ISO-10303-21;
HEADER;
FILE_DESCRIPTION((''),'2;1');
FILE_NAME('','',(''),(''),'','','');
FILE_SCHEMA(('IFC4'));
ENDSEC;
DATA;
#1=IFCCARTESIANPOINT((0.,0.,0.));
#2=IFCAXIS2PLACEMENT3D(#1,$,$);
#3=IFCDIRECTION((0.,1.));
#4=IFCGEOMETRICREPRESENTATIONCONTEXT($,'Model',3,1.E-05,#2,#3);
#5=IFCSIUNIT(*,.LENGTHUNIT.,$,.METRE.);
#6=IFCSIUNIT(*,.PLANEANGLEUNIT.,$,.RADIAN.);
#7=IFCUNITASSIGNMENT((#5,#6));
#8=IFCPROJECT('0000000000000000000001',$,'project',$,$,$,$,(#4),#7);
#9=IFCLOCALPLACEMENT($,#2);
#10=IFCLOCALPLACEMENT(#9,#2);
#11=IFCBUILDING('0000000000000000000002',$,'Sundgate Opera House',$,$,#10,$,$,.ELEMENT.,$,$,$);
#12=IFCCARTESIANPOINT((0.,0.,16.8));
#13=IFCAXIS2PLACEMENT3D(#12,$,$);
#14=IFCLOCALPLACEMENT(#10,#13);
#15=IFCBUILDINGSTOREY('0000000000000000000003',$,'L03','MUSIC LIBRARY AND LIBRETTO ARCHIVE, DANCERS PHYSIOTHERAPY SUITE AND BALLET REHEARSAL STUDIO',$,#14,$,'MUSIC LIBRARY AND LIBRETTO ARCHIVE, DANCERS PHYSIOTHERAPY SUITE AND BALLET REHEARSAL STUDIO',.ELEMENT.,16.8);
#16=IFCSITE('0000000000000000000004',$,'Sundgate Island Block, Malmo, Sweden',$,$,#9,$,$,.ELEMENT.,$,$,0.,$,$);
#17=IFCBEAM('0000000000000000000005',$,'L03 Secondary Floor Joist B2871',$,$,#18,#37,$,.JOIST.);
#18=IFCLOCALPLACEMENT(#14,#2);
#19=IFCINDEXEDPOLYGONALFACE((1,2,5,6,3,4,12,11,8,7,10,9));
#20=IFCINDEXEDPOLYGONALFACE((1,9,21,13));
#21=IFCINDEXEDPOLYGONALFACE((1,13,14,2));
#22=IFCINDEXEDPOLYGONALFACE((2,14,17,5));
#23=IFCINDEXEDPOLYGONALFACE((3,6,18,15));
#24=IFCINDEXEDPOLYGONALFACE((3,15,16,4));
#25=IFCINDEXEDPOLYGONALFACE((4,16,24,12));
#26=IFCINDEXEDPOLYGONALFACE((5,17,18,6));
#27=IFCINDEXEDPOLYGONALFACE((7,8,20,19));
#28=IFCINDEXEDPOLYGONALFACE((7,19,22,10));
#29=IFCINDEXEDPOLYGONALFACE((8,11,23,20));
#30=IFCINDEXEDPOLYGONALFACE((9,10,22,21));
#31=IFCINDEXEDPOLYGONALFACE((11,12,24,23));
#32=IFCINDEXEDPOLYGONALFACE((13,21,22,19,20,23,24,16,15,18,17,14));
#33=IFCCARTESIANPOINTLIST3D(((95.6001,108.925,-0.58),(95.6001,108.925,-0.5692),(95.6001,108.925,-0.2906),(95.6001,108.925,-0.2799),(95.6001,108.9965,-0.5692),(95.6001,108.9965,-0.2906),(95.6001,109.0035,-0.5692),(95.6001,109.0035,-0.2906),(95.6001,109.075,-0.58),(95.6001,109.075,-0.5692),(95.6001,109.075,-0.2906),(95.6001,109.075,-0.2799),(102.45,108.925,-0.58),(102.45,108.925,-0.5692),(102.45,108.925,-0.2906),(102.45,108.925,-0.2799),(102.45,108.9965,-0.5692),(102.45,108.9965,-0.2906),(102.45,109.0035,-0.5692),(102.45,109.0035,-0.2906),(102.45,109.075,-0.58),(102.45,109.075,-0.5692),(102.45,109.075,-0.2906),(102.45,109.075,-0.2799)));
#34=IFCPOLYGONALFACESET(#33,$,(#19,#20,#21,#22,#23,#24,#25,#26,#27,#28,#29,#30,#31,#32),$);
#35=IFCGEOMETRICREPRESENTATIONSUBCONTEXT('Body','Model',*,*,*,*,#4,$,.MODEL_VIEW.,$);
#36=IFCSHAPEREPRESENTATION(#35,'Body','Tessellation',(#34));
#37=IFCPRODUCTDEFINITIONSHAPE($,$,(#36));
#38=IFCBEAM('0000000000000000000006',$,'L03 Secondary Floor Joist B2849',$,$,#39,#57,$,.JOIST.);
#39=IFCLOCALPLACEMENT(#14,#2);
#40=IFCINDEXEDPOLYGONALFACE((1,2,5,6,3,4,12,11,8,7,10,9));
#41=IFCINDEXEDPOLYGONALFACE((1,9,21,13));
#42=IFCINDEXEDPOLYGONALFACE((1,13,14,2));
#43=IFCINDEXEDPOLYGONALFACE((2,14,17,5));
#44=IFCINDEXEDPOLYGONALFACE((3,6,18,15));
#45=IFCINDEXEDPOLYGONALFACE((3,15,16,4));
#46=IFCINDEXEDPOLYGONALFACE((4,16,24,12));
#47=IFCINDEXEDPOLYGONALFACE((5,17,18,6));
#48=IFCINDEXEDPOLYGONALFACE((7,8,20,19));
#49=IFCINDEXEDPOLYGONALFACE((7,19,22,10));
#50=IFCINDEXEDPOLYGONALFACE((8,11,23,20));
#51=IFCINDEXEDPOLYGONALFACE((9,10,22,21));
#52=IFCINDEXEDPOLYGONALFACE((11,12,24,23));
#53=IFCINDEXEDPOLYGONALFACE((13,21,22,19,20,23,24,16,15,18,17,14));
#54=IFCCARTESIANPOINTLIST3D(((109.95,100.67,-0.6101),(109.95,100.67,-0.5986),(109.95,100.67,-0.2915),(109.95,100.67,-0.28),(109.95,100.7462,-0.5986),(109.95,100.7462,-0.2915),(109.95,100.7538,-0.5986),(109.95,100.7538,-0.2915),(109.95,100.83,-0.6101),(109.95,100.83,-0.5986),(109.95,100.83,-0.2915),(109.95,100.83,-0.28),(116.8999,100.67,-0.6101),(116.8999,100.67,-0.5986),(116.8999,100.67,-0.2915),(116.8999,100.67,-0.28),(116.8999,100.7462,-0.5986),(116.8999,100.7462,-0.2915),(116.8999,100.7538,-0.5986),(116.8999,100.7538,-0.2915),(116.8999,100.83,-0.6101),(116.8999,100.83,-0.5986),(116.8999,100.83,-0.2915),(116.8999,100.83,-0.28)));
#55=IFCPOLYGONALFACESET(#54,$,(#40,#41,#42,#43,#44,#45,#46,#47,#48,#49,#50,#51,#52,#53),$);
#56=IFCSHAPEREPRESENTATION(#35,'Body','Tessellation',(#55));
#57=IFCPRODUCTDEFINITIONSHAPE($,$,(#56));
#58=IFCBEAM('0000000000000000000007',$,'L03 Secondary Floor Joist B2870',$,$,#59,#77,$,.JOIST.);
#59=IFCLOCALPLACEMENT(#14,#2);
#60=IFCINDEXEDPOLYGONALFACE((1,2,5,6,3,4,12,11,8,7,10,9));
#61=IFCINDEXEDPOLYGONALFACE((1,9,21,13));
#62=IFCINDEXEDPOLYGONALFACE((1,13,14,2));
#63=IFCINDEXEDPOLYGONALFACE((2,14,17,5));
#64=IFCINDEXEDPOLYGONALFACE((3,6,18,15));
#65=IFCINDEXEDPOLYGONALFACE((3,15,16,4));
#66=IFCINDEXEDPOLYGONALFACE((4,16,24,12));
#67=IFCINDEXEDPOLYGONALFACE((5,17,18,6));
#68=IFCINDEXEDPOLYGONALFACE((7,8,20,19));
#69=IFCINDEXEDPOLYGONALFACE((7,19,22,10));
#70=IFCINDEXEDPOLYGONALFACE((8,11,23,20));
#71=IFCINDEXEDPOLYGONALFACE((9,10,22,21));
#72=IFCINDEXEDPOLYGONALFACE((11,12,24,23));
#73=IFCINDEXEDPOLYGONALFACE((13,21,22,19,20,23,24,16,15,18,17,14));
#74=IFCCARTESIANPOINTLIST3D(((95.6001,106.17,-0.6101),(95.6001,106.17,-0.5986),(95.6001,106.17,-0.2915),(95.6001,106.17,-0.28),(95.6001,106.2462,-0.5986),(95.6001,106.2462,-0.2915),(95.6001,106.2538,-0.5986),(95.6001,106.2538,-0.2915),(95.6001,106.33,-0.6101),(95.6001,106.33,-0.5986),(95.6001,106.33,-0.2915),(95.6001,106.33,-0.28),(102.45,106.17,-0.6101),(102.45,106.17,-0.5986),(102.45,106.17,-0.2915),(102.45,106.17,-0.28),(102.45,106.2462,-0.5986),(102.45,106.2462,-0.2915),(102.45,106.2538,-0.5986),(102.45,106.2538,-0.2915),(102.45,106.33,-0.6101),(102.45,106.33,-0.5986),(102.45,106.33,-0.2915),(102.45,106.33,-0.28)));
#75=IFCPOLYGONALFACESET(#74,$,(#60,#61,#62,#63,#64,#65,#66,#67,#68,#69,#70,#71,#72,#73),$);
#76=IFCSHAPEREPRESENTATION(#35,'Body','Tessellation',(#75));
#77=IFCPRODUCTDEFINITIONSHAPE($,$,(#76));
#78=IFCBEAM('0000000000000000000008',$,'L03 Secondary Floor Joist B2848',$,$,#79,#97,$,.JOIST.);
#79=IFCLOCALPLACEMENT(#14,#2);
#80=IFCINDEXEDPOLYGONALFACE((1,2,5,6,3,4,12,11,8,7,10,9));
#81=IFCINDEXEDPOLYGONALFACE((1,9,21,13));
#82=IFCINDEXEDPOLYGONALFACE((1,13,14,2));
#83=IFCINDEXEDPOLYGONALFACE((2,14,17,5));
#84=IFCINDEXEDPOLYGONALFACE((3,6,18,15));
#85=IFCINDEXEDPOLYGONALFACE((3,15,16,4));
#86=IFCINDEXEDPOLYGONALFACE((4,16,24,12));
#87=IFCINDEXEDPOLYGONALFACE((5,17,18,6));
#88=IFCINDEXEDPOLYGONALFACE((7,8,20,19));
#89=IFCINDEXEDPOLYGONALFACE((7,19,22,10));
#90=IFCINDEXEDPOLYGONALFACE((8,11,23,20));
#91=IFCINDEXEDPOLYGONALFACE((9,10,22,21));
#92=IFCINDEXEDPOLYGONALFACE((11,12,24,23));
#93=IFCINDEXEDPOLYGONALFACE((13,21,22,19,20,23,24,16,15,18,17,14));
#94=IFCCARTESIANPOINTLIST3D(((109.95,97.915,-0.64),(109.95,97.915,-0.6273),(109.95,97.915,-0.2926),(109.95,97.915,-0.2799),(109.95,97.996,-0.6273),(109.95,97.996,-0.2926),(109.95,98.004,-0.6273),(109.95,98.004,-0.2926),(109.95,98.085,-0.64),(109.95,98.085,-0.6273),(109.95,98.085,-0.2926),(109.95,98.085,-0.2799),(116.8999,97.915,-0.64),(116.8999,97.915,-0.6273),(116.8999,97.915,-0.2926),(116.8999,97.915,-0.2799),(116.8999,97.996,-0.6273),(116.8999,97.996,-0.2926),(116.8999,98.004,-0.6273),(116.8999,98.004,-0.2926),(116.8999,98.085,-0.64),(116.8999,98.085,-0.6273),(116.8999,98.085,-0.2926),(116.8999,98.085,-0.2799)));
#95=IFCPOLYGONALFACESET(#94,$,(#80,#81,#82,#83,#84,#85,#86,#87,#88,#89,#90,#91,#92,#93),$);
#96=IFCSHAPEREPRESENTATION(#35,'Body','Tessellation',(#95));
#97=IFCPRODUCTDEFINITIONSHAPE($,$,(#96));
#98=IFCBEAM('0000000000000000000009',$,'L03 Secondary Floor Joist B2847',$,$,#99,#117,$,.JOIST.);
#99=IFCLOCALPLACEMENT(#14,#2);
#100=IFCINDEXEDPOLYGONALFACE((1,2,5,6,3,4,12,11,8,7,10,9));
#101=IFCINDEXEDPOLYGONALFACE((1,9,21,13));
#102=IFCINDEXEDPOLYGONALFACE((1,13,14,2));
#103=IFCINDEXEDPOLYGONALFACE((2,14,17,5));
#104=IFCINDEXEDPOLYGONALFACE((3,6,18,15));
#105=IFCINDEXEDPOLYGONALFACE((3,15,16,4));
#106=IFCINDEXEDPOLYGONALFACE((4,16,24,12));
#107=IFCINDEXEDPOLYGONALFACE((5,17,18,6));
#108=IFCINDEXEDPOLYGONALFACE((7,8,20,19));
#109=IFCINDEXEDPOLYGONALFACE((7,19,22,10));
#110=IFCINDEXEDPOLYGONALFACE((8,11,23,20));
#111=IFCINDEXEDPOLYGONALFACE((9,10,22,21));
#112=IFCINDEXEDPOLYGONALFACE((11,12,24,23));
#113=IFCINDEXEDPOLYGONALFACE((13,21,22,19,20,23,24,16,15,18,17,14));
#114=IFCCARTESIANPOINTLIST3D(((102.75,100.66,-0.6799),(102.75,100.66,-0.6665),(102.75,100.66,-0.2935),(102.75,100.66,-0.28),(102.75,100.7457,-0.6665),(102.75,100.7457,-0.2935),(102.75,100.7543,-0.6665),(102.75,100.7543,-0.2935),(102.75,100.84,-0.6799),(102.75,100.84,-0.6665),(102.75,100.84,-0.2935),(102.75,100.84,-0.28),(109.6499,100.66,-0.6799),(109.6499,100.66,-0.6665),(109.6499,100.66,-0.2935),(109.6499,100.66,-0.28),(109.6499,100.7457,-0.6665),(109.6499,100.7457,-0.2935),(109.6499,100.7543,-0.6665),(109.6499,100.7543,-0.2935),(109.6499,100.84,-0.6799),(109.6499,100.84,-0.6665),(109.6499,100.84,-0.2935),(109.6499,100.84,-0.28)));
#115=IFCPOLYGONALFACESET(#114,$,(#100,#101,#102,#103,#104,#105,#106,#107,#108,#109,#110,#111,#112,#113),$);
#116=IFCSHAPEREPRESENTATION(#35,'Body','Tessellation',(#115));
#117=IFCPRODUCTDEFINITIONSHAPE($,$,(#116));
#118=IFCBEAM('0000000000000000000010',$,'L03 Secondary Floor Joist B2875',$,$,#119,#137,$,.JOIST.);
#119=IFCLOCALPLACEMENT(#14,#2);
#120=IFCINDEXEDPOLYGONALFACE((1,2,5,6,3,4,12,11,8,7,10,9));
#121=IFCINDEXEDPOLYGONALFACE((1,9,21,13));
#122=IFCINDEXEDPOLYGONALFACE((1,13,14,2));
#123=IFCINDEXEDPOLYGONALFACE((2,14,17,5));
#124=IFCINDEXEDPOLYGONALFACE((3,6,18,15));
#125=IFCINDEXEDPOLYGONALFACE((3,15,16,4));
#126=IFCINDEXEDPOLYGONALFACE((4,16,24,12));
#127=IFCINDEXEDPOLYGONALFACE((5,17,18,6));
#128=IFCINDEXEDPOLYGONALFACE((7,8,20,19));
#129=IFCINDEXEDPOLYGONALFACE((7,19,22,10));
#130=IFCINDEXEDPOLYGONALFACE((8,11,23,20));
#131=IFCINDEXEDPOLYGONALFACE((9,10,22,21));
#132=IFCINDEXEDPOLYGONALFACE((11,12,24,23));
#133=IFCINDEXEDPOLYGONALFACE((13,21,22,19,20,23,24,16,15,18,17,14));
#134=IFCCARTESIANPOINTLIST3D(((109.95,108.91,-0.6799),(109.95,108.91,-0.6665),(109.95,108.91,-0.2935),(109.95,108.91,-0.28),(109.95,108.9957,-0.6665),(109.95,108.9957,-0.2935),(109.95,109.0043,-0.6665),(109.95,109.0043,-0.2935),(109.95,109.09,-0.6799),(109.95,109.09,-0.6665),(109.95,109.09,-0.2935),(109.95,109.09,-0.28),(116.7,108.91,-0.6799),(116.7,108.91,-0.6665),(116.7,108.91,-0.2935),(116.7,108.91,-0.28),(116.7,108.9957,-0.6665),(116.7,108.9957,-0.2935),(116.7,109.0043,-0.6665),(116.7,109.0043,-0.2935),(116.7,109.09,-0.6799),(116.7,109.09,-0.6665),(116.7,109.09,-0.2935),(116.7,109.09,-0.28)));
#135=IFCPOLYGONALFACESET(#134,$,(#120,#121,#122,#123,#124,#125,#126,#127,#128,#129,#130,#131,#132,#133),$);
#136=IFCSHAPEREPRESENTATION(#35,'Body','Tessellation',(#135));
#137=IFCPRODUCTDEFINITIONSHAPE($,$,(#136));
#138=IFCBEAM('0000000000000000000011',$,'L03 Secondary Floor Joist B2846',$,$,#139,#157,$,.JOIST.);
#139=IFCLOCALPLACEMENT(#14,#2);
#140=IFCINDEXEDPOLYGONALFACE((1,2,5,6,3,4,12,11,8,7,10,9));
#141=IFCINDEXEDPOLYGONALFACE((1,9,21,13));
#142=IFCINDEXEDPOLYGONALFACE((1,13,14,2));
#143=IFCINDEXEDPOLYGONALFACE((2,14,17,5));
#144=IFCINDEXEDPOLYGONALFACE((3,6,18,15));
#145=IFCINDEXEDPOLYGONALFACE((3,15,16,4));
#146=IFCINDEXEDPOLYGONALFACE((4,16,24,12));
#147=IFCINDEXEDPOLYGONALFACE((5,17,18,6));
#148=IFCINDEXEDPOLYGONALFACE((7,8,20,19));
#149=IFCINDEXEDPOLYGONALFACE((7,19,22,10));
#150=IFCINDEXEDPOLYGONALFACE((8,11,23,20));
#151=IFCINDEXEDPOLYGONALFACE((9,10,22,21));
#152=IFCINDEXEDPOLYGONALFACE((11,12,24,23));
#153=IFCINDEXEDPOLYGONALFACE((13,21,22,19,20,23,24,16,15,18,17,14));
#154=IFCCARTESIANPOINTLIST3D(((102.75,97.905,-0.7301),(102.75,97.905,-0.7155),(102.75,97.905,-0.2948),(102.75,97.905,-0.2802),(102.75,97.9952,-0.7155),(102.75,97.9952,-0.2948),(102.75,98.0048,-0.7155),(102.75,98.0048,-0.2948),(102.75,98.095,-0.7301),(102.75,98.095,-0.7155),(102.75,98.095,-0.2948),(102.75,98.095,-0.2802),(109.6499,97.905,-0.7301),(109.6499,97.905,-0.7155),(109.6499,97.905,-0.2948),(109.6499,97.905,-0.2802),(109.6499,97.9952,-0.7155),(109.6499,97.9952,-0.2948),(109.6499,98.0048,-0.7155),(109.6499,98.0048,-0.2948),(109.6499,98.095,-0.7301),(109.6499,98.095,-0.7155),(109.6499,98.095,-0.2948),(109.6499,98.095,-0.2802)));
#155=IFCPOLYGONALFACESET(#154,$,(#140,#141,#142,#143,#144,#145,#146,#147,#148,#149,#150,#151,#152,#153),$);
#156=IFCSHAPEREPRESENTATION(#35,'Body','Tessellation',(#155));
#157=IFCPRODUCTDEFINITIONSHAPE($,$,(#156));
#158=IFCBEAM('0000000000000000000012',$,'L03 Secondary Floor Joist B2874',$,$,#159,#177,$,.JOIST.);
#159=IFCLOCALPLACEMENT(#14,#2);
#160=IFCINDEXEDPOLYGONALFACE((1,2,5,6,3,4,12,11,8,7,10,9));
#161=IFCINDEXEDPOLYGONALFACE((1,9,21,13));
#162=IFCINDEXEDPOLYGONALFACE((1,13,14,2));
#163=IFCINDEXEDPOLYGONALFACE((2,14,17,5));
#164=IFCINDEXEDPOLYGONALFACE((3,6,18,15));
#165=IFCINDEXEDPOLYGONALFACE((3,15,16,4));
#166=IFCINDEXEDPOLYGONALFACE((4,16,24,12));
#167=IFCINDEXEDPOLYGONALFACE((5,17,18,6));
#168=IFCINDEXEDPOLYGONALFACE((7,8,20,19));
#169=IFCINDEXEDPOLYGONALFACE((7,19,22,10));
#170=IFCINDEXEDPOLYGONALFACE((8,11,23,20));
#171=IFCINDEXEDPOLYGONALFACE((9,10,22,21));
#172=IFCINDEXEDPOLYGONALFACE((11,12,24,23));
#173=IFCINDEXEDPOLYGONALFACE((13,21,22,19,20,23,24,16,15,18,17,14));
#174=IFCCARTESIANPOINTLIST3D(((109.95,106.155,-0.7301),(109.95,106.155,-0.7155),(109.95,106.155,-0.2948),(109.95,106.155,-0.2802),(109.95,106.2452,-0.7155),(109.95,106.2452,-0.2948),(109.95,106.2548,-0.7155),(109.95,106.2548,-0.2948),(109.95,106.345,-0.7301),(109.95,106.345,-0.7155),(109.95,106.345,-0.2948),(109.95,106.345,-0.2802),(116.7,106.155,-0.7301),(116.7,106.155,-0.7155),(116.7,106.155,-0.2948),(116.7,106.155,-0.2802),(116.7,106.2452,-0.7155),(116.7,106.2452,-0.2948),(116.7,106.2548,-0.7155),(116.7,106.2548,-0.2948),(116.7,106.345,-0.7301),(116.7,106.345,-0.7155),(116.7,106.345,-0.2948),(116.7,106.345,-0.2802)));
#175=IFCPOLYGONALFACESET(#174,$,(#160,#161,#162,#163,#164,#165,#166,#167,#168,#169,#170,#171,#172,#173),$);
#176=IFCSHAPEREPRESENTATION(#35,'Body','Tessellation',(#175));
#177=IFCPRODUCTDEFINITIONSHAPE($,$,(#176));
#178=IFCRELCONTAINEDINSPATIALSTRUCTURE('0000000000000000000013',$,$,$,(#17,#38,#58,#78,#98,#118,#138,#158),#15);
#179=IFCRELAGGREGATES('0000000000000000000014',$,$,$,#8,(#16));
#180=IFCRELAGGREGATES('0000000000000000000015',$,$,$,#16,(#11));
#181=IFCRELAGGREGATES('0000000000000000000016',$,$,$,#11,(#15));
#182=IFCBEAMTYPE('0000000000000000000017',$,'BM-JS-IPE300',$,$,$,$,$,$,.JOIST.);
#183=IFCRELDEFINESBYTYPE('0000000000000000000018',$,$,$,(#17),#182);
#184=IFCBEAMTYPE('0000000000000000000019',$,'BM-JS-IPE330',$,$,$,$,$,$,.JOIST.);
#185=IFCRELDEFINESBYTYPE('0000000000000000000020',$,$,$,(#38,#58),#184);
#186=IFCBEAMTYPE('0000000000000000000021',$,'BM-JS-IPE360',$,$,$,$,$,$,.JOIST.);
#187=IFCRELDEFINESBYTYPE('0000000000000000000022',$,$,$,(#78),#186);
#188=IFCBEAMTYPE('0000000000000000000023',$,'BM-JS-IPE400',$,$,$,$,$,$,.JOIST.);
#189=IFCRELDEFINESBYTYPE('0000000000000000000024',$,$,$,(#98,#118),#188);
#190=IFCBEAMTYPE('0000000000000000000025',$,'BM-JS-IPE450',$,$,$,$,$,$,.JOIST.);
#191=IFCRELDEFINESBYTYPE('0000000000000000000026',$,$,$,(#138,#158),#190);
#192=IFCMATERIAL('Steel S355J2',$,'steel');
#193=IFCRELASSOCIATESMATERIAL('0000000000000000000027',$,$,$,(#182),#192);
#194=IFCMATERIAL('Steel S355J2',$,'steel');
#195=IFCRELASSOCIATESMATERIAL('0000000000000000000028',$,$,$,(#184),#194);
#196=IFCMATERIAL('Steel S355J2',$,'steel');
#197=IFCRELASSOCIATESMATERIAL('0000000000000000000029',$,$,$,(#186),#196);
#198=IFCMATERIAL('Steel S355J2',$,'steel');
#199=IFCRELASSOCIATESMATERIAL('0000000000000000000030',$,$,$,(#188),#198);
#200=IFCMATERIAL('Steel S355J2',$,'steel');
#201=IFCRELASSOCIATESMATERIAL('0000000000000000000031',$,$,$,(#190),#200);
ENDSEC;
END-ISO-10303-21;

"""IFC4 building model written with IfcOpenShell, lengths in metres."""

from ifc_helpers import new_model, si_unit, direction, frame, origin, origin_2d, place, context, subcontext, project, spatial, i_section, extrude, material, material_profile, profile_set, type_object, element, save


model = new_model("IFC4")

# Units and contexts
model_context = context("Model", 3, precision=1e-05, world=origin(), true_north=direction((0.0, 1.0)))
body_context = subcontext(model_context, "Body", "Model", "MODEL_VIEW")
ifc_project = project(units=[si_unit("LENGTHUNIT", "METRE"), si_unit("PLANEANGLEUNIT", "RADIAN")], contexts=[model_context])

# Site, building, storey
site_placement = place(None, origin())
site = spatial("IfcSite", under=ifc_project, at=site_placement, Name="Sundgate Island Block, Malmo, Sweden", CompositionType="ELEMENT", RefElevation=0.0)
building_placement = place(site_placement, origin())
building = spatial("IfcBuilding", under=site, at=building_placement, Name="Sundgate Opera House", CompositionType="ELEMENT")
storey_placement = place(building_placement, frame((0.0, 0.0, 16.8)))
storey = spatial("IfcBuildingStorey", under=building, at=storey_placement, Name="L03", Description="MUSIC LIBRARY AND LIBRETTO ARCHIVE, DANCERS PHYSIOTHERAPY SUITE AND BALLET REHEARSAL STUDIO", LongName="MUSIC LIBRARY AND LIBRETTO ARCHIVE, DANCERS PHYSIOTHERAPY SUITE AND BALLET REHEARSAL STUDIO", CompositionType="ELEMENT", Elevation=16.8)

# Beams
ifc_material_1 = material(Name="Steel S355J2", Category="steel")
ifc_material_profile_1 = material_profile(ifc_material_1, i_section(OverallWidth=0.1499, OverallDepth=0.3, WebThickness=0.0071, FlangeThickness=0.0107, at=origin_2d()), Name="IPE 300")
ifc_profile_set_1 = profile_set([ifc_material_profile_1], Name="Steel S355J2")
beam_type_1 = type_object("IfcBeamType", Name="BM-JS-IPE300", PredefinedType="JOIST", material=ifc_profile_set_1)
beam_1_placement = place(storey_placement, frame((95.6001, 109.0, -0.4299), z_axis=(1.0, 0.0, 0.0), x_axis=(0.0, 1.0, 0.0)))
element("IfcBeam", 1, at=beam_1_placement, inside=storey, type_object=beam_type_1, Name="L03 Secondary Floor Joist B2871", PredefinedType="JOIST", context=body_context, shape_type="SweptSolid", body=[
    extrude(i_section(OverallWidth=0.1499, OverallDepth=0.3, WebThickness=0.0071, FlangeThickness=0.0107, at=origin_2d()), origin(), (0.0, 0.0, 1.0), 6.8499),
])
ifc_material_2 = material(Name="Steel S355J2", Category="steel")
ifc_material_profile_2 = material_profile(ifc_material_2, i_section(OverallWidth=0.1599, OverallDepth=0.3301, WebThickness=0.0076, FlangeThickness=0.0115, at=origin_2d()), Name="IPE 330")
ifc_profile_set_2 = profile_set([ifc_material_profile_2], Name="Steel S355J2")
beam_type_2 = type_object("IfcBeamType", Name="BM-JS-IPE330", PredefinedType="JOIST", material=ifc_profile_set_2)
beam_2_placement = place(storey_placement, frame((109.95, 100.75, -0.4451), z_axis=(1.0, 0.0, 0.0), x_axis=(0.0, 1.0, 0.0)))
element("IfcBeam", 2, at=beam_2_placement, inside=storey, type_object=beam_type_2, Name="L03 Secondary Floor Joist B2849", PredefinedType="JOIST", context=body_context, shape_type="SweptSolid", body=[
    extrude(i_section(OverallWidth=0.1599, OverallDepth=0.3301, WebThickness=0.0076, FlangeThickness=0.0115, at=origin_2d()), origin(), (0.0, 0.0, 1.0), 6.95),
])
beam_3_placement = place(storey_placement, frame((95.6001, 106.25, -0.4451), z_axis=(1.0, 0.0, 0.0), x_axis=(0.0, 1.0, 0.0)))
element("IfcBeam", 3, at=beam_3_placement, inside=storey, type_object=beam_type_2, Name="L03 Secondary Floor Joist B2870", PredefinedType="JOIST", context=body_context, shape_type="SweptSolid", body=[
    extrude(i_section(OverallWidth=0.1599, OverallDepth=0.3301, WebThickness=0.0076, FlangeThickness=0.0115, at=origin_2d()), origin(), (0.0, 0.0, 1.0), 6.8499),
])
ifc_material_3 = material(Name="Steel S355J2", Category="steel")
ifc_material_profile_3 = material_profile(ifc_material_3, i_section(OverallWidth=0.1699, OverallDepth=0.3601, WebThickness=0.0081, FlangeThickness=0.0127, at=origin_2d()), Name="IPE 360")
ifc_profile_set_3 = profile_set([ifc_material_profile_3], Name="Steel S355J2")
beam_type_3 = type_object("IfcBeamType", Name="BM-JS-IPE360", PredefinedType="JOIST", material=ifc_profile_set_3)
beam_4_placement = place(storey_placement, frame((109.95, 98.0, -0.46), z_axis=(1.0, 0.0, 0.0), x_axis=(0.0, 1.0, 0.0)))
element("IfcBeam", 4, at=beam_4_placement, inside=storey, type_object=beam_type_3, Name="L03 Secondary Floor Joist B2848", PredefinedType="JOIST", context=body_context, shape_type="SweptSolid", body=[
    extrude(i_section(OverallWidth=0.1699, OverallDepth=0.3601, WebThickness=0.0081, FlangeThickness=0.0127, at=origin_2d()), origin(), (0.0, 0.0, 1.0), 6.95),
])
ifc_material_4 = material(Name="Steel S355J2", Category="steel")
ifc_material_profile_4 = material_profile(ifc_material_4, i_section(OverallWidth=0.1799, OverallDepth=0.3999, WebThickness=0.0085, FlangeThickness=0.0134, at=origin_2d()), Name="IPE 400")
ifc_profile_set_4 = profile_set([ifc_material_profile_4], Name="Steel S355J2")
beam_type_4 = type_object("IfcBeamType", Name="BM-JS-IPE400", PredefinedType="JOIST", material=ifc_profile_set_4)
beam_5_placement = place(storey_placement, frame((102.75, 100.75, -0.48), z_axis=(1.0, 0.0, 0.0), x_axis=(0.0, 1.0, 0.0)))
element("IfcBeam", 5, at=beam_5_placement, inside=storey, type_object=beam_type_4, Name="L03 Secondary Floor Joist B2847", PredefinedType="JOIST", context=body_context, shape_type="SweptSolid", body=[
    extrude(i_section(OverallWidth=0.1799, OverallDepth=0.3999, WebThickness=0.0085, FlangeThickness=0.0134, at=origin_2d()), origin(), (0.0, 0.0, 1.0), 6.8999),
])
beam_6_placement = place(storey_placement, frame((109.95, 109.0, -0.48), z_axis=(1.0, 0.0, 0.0), x_axis=(0.0, 1.0, 0.0)))
element("IfcBeam", 6, at=beam_6_placement, inside=storey, type_object=beam_type_4, Name="L03 Secondary Floor Joist B2875", PredefinedType="JOIST", context=body_context, shape_type="SweptSolid", body=[
    extrude(i_section(OverallWidth=0.1799, OverallDepth=0.3999, WebThickness=0.0085, FlangeThickness=0.0134, at=origin_2d()), origin(), (0.0, 0.0, 1.0), 6.75),
])
ifc_material_5 = material(Name="Steel S355J2", Category="steel")
ifc_material_profile_5 = material_profile(ifc_material_5, i_section(OverallWidth=0.1899, OverallDepth=0.45, WebThickness=0.0095, FlangeThickness=0.0146, at=origin_2d()), Name="IPE 450")
ifc_profile_set_5 = profile_set([ifc_material_profile_5], Name="Steel S355J2")
beam_type_5 = type_object("IfcBeamType", Name="BM-JS-IPE450", PredefinedType="JOIST", material=ifc_profile_set_5)
beam_7_placement = place(storey_placement, frame((102.75, 98.0, -0.5051), z_axis=(1.0, 0.0, 0.0), x_axis=(0.0, 1.0, 0.0)))
element("IfcBeam", 7, at=beam_7_placement, inside=storey, type_object=beam_type_5, Name="L03 Secondary Floor Joist B2846", PredefinedType="JOIST", context=body_context, shape_type="SweptSolid", body=[
    extrude(i_section(OverallWidth=0.1899, OverallDepth=0.45, WebThickness=0.0095, FlangeThickness=0.0146, at=origin_2d()), origin(), (0.0, 0.0, 1.0), 6.8999),
])
beam_8_placement = place(storey_placement, frame((109.95, 106.25, -0.5051), z_axis=(1.0, 0.0, 0.0), x_axis=(0.0, 1.0, 0.0)))
element("IfcBeam", 8, at=beam_8_placement, inside=storey, type_object=beam_type_5, Name="L03 Secondary Floor Joist B2874", PredefinedType="JOIST", context=body_context, shape_type="SweptSolid", body=[
    extrude(i_section(OverallWidth=0.1899, OverallDepth=0.45, WebThickness=0.0095, FlangeThickness=0.0146, at=origin_2d()), origin(), (0.0, 0.0, 1.0), 6.75),
])

save(model, "model.ifc")
